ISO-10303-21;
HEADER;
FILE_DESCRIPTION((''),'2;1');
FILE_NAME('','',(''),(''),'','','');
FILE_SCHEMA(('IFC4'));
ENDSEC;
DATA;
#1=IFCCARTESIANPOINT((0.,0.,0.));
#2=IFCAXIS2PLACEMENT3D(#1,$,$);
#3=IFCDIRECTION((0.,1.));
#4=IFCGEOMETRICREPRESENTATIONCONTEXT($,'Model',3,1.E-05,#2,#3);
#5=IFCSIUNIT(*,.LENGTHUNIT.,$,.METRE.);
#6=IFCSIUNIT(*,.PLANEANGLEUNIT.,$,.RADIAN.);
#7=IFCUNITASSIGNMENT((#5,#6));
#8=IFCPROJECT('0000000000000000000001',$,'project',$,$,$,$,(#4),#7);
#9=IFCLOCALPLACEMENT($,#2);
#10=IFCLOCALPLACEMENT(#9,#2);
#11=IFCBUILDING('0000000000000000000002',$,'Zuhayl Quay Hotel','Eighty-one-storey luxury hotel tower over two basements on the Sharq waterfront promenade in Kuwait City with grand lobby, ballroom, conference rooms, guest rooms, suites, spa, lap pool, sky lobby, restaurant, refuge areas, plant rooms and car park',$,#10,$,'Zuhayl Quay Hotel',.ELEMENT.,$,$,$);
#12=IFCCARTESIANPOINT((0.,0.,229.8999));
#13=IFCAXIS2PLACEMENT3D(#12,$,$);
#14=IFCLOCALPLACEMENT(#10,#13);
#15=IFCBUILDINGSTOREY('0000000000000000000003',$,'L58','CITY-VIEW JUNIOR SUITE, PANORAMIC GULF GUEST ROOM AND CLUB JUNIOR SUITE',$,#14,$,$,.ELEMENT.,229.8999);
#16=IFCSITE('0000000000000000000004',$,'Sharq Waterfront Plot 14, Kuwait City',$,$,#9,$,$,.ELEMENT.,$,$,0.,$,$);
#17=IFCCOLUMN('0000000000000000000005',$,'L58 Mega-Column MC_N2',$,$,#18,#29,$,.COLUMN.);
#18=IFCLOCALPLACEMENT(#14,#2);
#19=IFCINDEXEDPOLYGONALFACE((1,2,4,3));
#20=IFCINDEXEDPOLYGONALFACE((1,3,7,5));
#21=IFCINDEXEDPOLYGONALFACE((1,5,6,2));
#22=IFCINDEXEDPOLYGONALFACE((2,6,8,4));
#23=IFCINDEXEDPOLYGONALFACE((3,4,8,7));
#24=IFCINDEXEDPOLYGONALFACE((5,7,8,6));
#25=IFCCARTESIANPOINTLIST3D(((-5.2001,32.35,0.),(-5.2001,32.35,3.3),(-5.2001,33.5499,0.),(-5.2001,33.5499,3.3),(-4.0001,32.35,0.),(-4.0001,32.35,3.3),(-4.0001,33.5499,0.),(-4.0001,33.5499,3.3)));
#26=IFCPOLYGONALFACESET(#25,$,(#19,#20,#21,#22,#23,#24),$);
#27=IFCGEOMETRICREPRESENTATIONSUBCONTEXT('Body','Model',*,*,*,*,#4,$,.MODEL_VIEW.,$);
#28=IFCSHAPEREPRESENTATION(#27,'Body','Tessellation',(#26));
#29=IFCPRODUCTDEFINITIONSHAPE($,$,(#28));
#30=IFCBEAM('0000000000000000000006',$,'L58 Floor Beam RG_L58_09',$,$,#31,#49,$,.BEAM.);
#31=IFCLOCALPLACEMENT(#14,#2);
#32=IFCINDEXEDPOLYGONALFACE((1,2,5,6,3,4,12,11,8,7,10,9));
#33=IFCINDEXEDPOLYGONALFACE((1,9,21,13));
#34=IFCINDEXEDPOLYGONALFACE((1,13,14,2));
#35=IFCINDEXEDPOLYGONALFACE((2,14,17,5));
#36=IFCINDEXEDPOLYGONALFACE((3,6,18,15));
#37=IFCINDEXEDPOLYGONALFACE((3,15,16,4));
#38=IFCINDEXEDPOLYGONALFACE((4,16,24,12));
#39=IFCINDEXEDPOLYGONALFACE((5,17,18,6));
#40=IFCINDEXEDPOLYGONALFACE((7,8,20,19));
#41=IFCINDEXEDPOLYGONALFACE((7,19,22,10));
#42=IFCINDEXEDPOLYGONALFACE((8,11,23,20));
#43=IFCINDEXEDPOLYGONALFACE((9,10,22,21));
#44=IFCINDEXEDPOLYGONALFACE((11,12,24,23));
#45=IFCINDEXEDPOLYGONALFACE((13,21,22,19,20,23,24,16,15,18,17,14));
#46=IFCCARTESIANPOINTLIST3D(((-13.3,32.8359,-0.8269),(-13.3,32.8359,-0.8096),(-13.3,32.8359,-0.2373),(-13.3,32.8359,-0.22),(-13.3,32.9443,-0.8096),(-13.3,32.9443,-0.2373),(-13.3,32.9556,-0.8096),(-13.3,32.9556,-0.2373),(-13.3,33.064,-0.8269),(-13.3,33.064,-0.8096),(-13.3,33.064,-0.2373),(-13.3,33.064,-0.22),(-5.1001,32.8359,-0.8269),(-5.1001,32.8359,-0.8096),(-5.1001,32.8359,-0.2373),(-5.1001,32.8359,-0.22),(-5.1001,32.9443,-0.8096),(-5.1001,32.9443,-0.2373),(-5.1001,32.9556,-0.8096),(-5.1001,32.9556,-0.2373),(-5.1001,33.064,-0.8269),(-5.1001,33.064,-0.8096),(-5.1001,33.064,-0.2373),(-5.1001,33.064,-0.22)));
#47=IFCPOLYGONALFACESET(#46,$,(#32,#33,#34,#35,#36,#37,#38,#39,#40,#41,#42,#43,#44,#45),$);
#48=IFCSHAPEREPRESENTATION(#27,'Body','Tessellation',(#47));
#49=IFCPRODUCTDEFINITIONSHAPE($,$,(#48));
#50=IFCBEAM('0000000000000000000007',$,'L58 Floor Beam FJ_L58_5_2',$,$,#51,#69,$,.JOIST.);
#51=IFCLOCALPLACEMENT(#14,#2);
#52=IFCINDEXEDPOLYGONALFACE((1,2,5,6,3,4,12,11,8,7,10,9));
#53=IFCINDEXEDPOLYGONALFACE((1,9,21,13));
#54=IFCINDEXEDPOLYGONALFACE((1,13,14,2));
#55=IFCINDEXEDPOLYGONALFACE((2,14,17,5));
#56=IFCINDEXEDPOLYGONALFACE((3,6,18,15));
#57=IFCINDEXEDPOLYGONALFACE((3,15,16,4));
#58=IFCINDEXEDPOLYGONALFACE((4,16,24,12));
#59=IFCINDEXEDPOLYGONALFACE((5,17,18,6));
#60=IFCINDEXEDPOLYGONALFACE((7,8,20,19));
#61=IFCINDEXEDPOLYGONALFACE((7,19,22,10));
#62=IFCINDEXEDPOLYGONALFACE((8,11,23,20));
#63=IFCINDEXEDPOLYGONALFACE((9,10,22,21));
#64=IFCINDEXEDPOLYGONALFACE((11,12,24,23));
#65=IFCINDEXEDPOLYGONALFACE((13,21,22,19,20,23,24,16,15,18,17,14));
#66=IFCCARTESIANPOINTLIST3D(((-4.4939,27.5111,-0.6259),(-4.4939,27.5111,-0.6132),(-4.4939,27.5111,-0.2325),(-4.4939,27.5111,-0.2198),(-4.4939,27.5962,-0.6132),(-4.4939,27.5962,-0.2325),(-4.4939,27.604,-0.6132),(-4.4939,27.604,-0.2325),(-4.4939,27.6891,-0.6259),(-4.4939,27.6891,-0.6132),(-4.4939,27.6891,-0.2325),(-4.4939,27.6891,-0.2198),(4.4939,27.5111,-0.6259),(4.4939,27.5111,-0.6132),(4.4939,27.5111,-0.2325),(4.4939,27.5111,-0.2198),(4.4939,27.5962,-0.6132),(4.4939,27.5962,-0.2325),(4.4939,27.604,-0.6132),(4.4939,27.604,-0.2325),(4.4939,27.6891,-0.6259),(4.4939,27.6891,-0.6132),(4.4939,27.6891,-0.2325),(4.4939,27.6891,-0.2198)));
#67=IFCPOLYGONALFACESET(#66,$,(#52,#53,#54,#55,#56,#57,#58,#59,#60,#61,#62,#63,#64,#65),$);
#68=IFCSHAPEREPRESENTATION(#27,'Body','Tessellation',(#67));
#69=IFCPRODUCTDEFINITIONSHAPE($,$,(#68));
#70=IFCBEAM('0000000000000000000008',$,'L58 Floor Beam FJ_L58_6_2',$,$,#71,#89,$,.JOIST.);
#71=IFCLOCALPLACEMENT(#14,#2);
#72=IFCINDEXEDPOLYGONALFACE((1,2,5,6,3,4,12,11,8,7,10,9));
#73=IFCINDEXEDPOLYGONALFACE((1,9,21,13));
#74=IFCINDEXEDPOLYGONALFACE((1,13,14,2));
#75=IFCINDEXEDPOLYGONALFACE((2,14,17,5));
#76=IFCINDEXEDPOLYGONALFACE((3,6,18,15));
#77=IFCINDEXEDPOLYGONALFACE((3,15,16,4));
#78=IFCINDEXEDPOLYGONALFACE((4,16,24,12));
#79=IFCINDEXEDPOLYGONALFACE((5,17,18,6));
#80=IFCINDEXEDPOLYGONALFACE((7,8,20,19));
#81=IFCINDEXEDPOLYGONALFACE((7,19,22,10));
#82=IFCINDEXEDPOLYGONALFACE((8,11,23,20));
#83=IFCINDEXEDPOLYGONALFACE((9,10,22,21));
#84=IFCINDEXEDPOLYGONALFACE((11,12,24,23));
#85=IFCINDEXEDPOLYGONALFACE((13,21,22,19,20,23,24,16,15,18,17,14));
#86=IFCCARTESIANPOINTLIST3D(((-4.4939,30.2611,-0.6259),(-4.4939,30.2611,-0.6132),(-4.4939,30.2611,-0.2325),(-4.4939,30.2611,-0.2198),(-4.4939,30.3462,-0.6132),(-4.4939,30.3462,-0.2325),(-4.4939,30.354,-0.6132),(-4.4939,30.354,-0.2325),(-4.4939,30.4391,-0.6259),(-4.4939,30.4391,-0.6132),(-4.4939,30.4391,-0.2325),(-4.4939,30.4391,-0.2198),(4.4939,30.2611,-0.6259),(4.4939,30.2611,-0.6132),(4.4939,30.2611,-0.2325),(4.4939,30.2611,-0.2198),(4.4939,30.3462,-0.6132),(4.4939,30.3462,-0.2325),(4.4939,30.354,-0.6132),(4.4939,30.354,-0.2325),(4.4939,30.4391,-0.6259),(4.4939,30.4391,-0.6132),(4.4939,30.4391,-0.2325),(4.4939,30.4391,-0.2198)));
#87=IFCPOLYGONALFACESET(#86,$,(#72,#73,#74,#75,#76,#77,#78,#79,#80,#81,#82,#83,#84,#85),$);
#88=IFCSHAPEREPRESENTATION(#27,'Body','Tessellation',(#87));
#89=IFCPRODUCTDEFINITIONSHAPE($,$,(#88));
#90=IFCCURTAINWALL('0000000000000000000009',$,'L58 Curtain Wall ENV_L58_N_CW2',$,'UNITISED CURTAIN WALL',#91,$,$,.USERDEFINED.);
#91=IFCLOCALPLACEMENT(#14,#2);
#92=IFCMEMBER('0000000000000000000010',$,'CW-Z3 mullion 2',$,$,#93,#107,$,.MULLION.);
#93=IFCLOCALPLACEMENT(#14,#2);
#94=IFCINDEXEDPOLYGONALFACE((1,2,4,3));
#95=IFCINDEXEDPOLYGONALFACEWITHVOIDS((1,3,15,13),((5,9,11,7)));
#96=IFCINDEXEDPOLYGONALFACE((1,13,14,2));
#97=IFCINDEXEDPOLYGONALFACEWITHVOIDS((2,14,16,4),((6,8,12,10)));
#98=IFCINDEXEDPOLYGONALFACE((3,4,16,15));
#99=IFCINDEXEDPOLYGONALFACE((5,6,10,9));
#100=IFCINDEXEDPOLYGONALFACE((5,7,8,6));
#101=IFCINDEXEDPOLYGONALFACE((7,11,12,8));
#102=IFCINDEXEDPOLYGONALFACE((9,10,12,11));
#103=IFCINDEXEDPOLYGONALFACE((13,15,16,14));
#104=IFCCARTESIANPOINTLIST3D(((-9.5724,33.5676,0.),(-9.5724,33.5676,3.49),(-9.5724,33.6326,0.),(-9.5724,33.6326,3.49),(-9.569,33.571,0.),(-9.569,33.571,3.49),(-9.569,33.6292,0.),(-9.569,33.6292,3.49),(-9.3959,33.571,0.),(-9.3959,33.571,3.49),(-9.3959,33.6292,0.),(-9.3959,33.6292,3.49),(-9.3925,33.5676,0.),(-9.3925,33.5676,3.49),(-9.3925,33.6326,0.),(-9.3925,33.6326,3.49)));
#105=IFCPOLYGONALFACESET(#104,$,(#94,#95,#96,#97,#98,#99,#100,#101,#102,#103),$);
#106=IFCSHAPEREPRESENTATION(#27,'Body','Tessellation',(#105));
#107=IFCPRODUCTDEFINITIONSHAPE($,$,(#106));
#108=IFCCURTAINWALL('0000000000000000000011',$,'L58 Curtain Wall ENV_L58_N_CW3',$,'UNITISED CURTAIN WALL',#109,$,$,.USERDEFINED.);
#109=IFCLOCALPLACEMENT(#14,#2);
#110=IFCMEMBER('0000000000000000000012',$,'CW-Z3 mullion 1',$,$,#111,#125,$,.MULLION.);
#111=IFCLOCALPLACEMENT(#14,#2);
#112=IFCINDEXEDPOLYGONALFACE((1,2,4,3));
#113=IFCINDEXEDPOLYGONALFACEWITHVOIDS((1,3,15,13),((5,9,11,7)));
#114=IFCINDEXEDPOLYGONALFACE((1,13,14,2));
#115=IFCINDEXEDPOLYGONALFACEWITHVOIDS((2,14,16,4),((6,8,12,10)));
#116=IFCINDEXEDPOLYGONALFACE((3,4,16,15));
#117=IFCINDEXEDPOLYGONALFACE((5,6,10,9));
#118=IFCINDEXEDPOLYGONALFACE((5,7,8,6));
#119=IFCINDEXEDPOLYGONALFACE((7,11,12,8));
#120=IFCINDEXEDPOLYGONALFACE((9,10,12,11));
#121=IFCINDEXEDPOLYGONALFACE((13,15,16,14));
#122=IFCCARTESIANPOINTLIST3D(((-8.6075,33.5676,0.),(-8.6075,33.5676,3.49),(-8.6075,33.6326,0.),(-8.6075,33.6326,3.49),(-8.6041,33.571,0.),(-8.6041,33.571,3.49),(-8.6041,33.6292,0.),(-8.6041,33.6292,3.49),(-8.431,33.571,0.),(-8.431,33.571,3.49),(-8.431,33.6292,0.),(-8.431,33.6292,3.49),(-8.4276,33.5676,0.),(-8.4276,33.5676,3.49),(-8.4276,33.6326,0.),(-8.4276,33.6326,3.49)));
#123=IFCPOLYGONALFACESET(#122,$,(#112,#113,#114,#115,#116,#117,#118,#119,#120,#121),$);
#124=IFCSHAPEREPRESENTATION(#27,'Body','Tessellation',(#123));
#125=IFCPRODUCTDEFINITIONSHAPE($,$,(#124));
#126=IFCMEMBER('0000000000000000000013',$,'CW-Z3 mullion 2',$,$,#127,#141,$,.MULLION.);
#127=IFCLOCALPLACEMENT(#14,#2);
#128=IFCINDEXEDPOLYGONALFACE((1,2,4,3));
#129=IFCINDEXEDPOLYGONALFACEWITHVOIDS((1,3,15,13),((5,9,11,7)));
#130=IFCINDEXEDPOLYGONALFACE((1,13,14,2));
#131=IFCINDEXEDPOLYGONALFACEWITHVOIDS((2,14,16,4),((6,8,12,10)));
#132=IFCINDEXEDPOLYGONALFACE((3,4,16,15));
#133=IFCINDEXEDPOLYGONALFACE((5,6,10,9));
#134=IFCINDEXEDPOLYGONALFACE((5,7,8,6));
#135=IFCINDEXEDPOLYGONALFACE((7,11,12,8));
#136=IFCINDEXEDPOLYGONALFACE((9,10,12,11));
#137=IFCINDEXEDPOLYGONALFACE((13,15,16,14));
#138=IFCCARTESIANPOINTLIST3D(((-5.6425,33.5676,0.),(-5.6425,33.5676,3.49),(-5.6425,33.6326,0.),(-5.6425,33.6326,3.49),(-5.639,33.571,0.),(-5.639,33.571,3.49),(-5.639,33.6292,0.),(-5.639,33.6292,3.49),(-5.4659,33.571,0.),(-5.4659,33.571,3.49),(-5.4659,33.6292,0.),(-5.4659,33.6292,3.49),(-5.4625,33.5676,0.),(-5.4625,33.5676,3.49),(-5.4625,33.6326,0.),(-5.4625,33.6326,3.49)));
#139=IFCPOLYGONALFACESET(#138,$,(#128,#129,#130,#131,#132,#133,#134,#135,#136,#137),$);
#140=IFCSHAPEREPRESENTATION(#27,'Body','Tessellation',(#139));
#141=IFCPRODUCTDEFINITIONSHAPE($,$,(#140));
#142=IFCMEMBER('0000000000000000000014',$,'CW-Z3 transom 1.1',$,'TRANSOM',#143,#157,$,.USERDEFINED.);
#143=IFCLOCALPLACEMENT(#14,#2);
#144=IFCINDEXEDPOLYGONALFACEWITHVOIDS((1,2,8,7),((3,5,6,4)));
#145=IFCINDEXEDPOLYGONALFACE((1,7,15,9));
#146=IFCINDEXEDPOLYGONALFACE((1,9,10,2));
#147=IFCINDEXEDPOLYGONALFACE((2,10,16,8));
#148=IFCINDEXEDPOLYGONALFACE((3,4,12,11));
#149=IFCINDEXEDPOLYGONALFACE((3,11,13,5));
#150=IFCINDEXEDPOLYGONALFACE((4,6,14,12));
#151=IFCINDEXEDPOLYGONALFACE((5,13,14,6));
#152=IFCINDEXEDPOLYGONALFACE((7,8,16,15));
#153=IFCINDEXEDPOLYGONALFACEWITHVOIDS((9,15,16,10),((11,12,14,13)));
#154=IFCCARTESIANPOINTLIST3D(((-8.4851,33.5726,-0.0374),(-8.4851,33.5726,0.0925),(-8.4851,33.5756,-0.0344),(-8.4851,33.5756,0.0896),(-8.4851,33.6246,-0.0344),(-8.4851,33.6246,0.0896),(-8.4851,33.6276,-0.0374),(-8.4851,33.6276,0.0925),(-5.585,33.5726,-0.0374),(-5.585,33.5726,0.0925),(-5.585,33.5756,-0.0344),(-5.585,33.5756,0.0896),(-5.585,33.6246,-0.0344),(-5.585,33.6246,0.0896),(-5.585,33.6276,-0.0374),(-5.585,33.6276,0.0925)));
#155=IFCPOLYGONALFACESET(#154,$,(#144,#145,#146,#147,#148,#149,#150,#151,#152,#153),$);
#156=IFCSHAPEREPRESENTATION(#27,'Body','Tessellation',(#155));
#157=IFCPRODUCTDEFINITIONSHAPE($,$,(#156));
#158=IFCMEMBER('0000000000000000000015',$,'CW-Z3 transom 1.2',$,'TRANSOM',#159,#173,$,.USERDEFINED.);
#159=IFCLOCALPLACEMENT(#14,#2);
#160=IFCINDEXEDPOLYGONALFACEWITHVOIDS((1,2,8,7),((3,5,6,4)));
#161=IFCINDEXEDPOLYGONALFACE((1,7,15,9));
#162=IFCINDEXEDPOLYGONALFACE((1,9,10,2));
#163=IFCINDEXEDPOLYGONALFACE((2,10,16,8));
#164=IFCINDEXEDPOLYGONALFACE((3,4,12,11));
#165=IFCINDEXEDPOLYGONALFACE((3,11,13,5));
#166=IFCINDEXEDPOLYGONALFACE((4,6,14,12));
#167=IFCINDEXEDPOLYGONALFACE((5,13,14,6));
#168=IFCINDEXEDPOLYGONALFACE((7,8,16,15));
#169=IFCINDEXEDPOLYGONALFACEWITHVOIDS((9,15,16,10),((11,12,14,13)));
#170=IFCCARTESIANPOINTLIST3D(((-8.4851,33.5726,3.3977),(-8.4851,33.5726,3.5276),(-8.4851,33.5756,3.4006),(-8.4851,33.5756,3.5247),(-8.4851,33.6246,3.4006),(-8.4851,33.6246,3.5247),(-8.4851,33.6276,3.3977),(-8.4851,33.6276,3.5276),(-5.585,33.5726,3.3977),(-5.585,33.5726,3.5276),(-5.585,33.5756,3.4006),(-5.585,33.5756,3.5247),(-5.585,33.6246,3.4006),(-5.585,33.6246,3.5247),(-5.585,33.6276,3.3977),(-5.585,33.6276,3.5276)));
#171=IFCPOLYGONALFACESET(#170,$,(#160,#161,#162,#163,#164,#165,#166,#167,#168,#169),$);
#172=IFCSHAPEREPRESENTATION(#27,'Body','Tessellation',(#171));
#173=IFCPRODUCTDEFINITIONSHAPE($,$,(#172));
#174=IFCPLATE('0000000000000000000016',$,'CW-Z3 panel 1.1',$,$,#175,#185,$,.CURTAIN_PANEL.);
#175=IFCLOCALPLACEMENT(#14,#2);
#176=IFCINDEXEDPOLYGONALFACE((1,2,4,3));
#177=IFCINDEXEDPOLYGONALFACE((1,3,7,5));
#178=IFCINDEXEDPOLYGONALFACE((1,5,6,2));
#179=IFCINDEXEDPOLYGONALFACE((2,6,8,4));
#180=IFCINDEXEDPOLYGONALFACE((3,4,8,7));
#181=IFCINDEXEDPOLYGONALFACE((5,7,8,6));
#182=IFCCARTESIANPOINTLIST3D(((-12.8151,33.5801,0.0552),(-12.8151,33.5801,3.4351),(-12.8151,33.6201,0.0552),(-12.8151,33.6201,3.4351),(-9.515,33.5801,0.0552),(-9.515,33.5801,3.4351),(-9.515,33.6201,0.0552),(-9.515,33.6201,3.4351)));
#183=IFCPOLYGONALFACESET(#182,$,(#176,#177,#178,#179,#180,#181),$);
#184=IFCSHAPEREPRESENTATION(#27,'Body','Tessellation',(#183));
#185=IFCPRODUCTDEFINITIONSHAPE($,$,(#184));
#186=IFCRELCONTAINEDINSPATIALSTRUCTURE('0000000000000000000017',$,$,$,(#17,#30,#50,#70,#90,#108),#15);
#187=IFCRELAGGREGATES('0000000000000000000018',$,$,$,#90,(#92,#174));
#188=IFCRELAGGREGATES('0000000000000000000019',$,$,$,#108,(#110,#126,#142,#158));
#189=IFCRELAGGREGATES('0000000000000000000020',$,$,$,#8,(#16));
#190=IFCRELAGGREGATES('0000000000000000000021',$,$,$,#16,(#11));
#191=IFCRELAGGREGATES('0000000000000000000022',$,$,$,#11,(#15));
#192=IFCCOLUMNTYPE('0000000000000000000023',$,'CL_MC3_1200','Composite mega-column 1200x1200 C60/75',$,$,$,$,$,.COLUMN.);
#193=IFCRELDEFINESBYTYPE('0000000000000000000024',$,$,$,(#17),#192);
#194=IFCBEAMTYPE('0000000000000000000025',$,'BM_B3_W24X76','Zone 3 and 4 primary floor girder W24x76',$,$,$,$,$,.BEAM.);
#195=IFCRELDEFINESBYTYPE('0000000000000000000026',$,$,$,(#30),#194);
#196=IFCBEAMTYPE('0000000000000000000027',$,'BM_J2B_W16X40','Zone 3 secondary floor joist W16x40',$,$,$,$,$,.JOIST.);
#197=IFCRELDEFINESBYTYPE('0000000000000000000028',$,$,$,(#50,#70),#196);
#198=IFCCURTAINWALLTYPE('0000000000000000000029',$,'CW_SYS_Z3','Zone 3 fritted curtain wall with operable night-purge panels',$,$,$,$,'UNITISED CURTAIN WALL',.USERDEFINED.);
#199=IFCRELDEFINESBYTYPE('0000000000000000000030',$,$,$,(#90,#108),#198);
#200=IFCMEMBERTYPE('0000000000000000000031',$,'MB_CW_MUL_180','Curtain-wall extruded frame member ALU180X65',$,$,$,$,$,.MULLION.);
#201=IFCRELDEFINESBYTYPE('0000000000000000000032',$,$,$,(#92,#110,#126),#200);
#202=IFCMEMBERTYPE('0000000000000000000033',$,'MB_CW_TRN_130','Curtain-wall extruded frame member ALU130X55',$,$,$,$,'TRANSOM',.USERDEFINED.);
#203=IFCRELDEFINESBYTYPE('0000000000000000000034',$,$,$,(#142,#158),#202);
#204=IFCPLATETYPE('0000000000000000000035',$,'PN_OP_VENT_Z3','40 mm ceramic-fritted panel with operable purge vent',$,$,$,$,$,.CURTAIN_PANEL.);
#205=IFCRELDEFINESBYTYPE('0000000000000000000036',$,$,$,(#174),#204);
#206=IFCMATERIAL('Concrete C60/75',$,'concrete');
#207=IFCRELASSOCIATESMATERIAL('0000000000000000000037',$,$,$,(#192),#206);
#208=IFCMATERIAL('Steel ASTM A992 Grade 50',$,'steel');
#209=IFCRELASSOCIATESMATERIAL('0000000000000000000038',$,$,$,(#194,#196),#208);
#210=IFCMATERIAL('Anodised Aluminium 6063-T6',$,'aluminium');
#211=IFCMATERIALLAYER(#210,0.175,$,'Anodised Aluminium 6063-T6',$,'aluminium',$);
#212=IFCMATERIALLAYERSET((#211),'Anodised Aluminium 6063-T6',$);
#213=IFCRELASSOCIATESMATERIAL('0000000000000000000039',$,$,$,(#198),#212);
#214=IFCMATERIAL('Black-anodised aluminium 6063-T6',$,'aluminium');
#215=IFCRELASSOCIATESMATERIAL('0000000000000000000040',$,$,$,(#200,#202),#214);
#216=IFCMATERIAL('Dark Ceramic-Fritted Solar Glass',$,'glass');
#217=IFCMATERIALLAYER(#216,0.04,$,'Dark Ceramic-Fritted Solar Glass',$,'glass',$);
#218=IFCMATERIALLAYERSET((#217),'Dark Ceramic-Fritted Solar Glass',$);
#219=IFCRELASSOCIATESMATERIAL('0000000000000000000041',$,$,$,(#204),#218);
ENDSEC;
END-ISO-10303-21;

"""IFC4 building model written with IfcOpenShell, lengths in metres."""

from ifc_helpers import new_model, si_unit, direction, frame, origin, origin_2d, place, context, subcontext, project, spatial, rectangle, hollow_rectangle, i_section, extrude, material, layer, layer_set, material_profile, profile_set, type_object, element, aggregate, save


model = new_model("IFC4")

# Units and contexts
model_context = context("Model", 3, precision=1e-05, world=origin(), true_north=direction((0.0, 1.0)))
body_context = subcontext(model_context, "Body", "Model", "MODEL_VIEW")
ifc_project = project(units=[si_unit("LENGTHUNIT", "METRE"), si_unit("PLANEANGLEUNIT", "RADIAN")], contexts=[model_context])

# Site, building, storey
site_placement = place(None, origin())
site = spatial("IfcSite", under=ifc_project, at=site_placement, Name="Sharq Waterfront Plot 14, Kuwait City", CompositionType="ELEMENT", RefElevation=0.0)
building_placement = place(site_placement, origin())
building = spatial("IfcBuilding", under=site, at=building_placement, Name="Zuhayl Quay Hotel", Description="Eighty-one-storey luxury hotel tower over two basements on the Sharq waterfront promenade in Kuwait City with grand lobby, ballroom, conference rooms, guest rooms, suites, spa, lap pool, sky lobby, restaurant, refuge areas, plant rooms and car park", LongName="Zuhayl Quay Hotel", CompositionType="ELEMENT")
storey_placement = place(building_placement, frame((0.0, 0.0, 229.8999)))
storey = spatial("IfcBuildingStorey", under=building, at=storey_placement, Name="L58", Description="CITY-VIEW JUNIOR SUITE, PANORAMIC GULF GUEST ROOM AND CLUB JUNIOR SUITE", CompositionType="ELEMENT", Elevation=229.8999)

# Column
ifc_material_1 = material(Name="Concrete C60/75", Category="concrete")
ifc_material_profile_1 = material_profile(ifc_material_1, rectangle(XDim=1.2, YDim=1.2, at=origin_2d()), Name="RC1200X1200")
ifc_profile_set_1 = profile_set([ifc_material_profile_1], Name="Concrete C60/75")
column_type = type_object("IfcColumnType", Name="CL_MC3_1200", Description="Composite mega-column 1200x1200 C60/75", PredefinedType="COLUMN", material=ifc_profile_set_1)
column_placement = place(storey_placement, frame((-4.6001, 32.95, 0.0), z_axis=(0.0, 0.0, 1.0), x_axis=(1.0, 0.0, 0.0)))
element("IfcColumn", 1, at=column_placement, inside=storey, type_object=column_type, Name="L58 Mega-Column MC_N2", PredefinedType="COLUMN", context=body_context, shape_type="SweptSolid", body=[
    extrude(rectangle(XDim=1.2, YDim=1.2, at=origin_2d()), origin(), (0.0, 0.0, 1.0), 3.3),
])

# Beams
ifc_material_2 = material(Name="Steel ASTM A992 Grade 50", Category="steel")
ifc_material_profile_2 = material_profile(ifc_material_2, i_section(OverallWidth=0.228, OverallDepth=0.6069, WebThickness=0.0112, FlangeThickness=0.0173, at=origin_2d()), Name="W24X76")
ifc_profile_set_2 = profile_set([ifc_material_profile_2], Name="Steel ASTM A992 Grade 50")
beam_type_1 = type_object("IfcBeamType", Name="BM_B3_W24X76", Description="Zone 3 and 4 primary floor girder W24x76", PredefinedType="BEAM", material=ifc_profile_set_2)
beam_placement = place(storey_placement, frame((-5.1001, 32.95, -0.5234), z_axis=(-1.0, 0.0, 0.0), x_axis=(0.0, -1.0, 0.0)))
element("IfcBeam", 2, at=beam_placement, inside=storey, type_object=beam_type_1, Name="L58 Floor Beam RG_L58_09", PredefinedType="BEAM", context=body_context, shape_type="SweptSolid", body=[
    extrude(i_section(OverallWidth=0.228, OverallDepth=0.6069, WebThickness=0.0112, FlangeThickness=0.0173, at=origin_2d()), origin(), (0.0, 0.0, 1.0), 8.2),
])
ifc_material_profile_3 = material_profile(ifc_material_2, i_section(OverallWidth=0.178, OverallDepth=0.406, WebThickness=0.0078, FlangeThickness=0.0127, at=origin_2d()), Name="W16X40")
ifc_profile_set_3 = profile_set([ifc_material_profile_3], Name="Steel ASTM A992 Grade 50")
beam_type_2 = type_object("IfcBeamType", Name="BM_J2B_W16X40", Description="Zone 3 secondary floor joist W16x40", PredefinedType="JOIST", material=ifc_profile_set_3)
for number, where, z_axis, x_axis, name in (
    (3, (-4.4939, 27.6001, -0.4229), (1.0, 0.0, 0.0), (0.0, 1.0, 0.0), "L58 Floor Beam FJ_L58_5_2"),
    (4, (-4.4939, 30.3501, -0.4229), (1.0, 0.0, 0.0), (0.0, 1.0, 0.0), "L58 Floor Beam FJ_L58_6_2"),
):
    element("IfcBeam", number, at=place(storey_placement, frame(where, z_axis=z_axis, x_axis=x_axis)), inside=storey, type_object=beam_type_2, Name=name, PredefinedType="JOIST", context=body_context, shape_type="SweptSolid", body=[
        extrude(i_section(OverallWidth=0.178, OverallDepth=0.406, WebThickness=0.0078, FlangeThickness=0.0127, at=origin_2d()), origin(), (0.0, 0.0, 1.0), 8.9878),
    ])

# Curtain wall, member
ifc_material_3 = material(Name="Anodised Aluminium 6063-T6", Category="aluminium")
ifc_layer_1 = layer(ifc_material_3, 0.175, Name="Anodised Aluminium 6063-T6", Category="aluminium")
ifc_layer_set_1 = layer_set([ifc_layer_1], Name="Anodised Aluminium 6063-T6")
curtain_wall_type = type_object("IfcCurtainWallType", Name="CW_SYS_Z3", Description="Zone 3 fritted curtain wall with operable night-purge panels", ElementType="UNITISED CURTAIN WALL", PredefinedType="USERDEFINED", material=ifc_layer_set_1)
curtain_wall_1_placement = place(storey_placement, origin())
curtain_wall_1 = element("IfcCurtainWall", 5, at=curtain_wall_1_placement, inside=storey, type_object=curtain_wall_type, Name="L58 Curtain Wall ENV_L58_N_CW2", ObjectType="UNITISED CURTAIN WALL", PredefinedType="USERDEFINED")
ifc_material_4 = material(Name="Black-anodised aluminium 6063-T6", Category="aluminium")
ifc_material_profile_4 = material_profile(ifc_material_4, hollow_rectangle(XDim=0.0649, YDim=0.1799, WallThickness=0.0034, at=origin_2d()), Name="ALU180X65")
ifc_profile_set_4 = profile_set([ifc_material_profile_4], Name="Black-anodised aluminium 6063-T6")
member_type_1 = type_object("IfcMemberType", Name="MB_CW_MUL_180", Description="Curtain-wall extruded frame member ALU180X65", PredefinedType="MULLION", material=ifc_profile_set_4)
member_1_placement = place(storey_placement, frame((-9.4824, 33.6001, 0.0), z_axis=(0.0, 0.0, 1.0), x_axis=(0.0, 1.0, 0.0)))
member_1 = element("IfcMember", 6, at=member_1_placement, type_object=member_type_1, Name="CW-Z3 mullion 2", PredefinedType="MULLION", context=body_context, shape_type="SweptSolid", body=[
    extrude(hollow_rectangle(XDim=0.0649, YDim=0.1799, WallThickness=0.0034, at=origin_2d()), origin(), (0.0, 0.0, 1.0), 3.49),
])

# Curtain wall, members
curtain_wall_2_placement = place(storey_placement, origin())
curtain_wall_2 = element("IfcCurtainWall", 7, at=curtain_wall_2_placement, inside=storey, type_object=curtain_wall_type, Name="L58 Curtain Wall ENV_L58_N_CW3", ObjectType="UNITISED CURTAIN WALL", PredefinedType="USERDEFINED")
member_2_placement = place(storey_placement, frame((-8.5176, 33.6001, 0.0), z_axis=(0.0, 0.0, 1.0), x_axis=(0.0, 1.0, 0.0)))
member_2 = element("IfcMember", 8, at=member_2_placement, type_object=member_type_1, Name="CW-Z3 mullion 1", PredefinedType="MULLION", context=body_context, shape_type="SweptSolid", body=[
    extrude(hollow_rectangle(XDim=0.0649, YDim=0.1799, WallThickness=0.0034, at=origin_2d()), origin(), (0.0, 0.0, 1.0), 3.49),
])
member_3_placement = place(storey_placement, frame((-5.5525, 33.6001, 0.0), z_axis=(0.0, 0.0, 1.0), x_axis=(0.0, 1.0, 0.0)))
member_3 = element("IfcMember", 9, at=member_3_placement, type_object=member_type_1, Name="CW-Z3 mullion 2", PredefinedType="MULLION", context=body_context, shape_type="SweptSolid", body=[
    extrude(hollow_rectangle(XDim=0.0649, YDim=0.1799, WallThickness=0.0034, at=origin_2d()), origin(), (0.0, 0.0, 1.0), 3.49),
])
ifc_material_profile_5 = material_profile(ifc_material_4, hollow_rectangle(XDim=0.0549, YDim=0.1299, WallThickness=0.0029, at=origin_2d()), Name="ALU130X55")
ifc_profile_set_5 = profile_set([ifc_material_profile_5], Name="Black-anodised aluminium 6063-T6")
member_type_2 = type_object("IfcMemberType", Name="MB_CW_TRN_130", Description="Curtain-wall extruded frame member ALU130X55", ElementType="TRANSOM", PredefinedType="USERDEFINED", material=ifc_profile_set_5)
member_4_placement = place(storey_placement, frame((-8.4851, 33.6001, 0.0276), z_axis=(1.0, 0.0, 0.0), x_axis=(0.0, 1.0, 0.0)))
member_4 = element("IfcMember", 10, at=member_4_placement, type_object=member_type_2, Name="CW-Z3 transom 1.1", ObjectType="TRANSOM", PredefinedType="USERDEFINED", context=body_context, shape_type="SweptSolid", body=[
    extrude(hollow_rectangle(XDim=0.0549, YDim=0.1299, WallThickness=0.0029, at=origin_2d()), origin(), (0.0, 0.0, 1.0), 2.9001),
])
member_5_placement = place(storey_placement, frame((-8.4851, 33.6001, 3.4626), z_axis=(1.0, 0.0, 0.0), x_axis=(0.0, 1.0, 0.0)))
member_5 = element("IfcMember", 11, at=member_5_placement, type_object=member_type_2, Name="CW-Z3 transom 1.2", ObjectType="TRANSOM", PredefinedType="USERDEFINED", context=body_context, shape_type="SweptSolid", body=[
    extrude(hollow_rectangle(XDim=0.0549, YDim=0.1299, WallThickness=0.0029, at=origin_2d()), origin(), (0.0, 0.0, 1.0), 2.9001),
])

# Plate
ifc_material_5 = material(Name="Dark Ceramic-Fritted Solar Glass", Category="glass")
ifc_layer_2 = layer(ifc_material_5, 0.04, Name="Dark Ceramic-Fritted Solar Glass", Category="glass")
ifc_layer_set_2 = layer_set([ifc_layer_2], Name="Dark Ceramic-Fritted Solar Glass")
plate_type = type_object("IfcPlateType", Name="PN_OP_VENT_Z3", Description="40 mm ceramic-fritted panel with operable purge vent", PredefinedType="CURTAIN_PANEL", material=ifc_layer_set_2)
plate_1_placement = place(storey_placement, frame((-11.165, 33.6001, 0.0552), z_axis=(0.0, 0.0, 1.0), x_axis=(1.0, 0.0, 0.0)))
plate_1 = element("IfcPlate", 12, at=plate_1_placement, type_object=plate_type, Name="CW-Z3 panel 1.1", PredefinedType="CURTAIN_PANEL", context=body_context, shape_type="SweptSolid", body=[
    extrude(rectangle(XDim=3.3, YDim=0.04, at=origin_2d()), origin(), (0.0, 0.0, 1.0), 3.3799),
])
aggregate(curtain_wall_1, [member_1, plate_1])
aggregate(curtain_wall_2, [member_2, member_3, member_4, member_5])

save(model, "model.ifc")
